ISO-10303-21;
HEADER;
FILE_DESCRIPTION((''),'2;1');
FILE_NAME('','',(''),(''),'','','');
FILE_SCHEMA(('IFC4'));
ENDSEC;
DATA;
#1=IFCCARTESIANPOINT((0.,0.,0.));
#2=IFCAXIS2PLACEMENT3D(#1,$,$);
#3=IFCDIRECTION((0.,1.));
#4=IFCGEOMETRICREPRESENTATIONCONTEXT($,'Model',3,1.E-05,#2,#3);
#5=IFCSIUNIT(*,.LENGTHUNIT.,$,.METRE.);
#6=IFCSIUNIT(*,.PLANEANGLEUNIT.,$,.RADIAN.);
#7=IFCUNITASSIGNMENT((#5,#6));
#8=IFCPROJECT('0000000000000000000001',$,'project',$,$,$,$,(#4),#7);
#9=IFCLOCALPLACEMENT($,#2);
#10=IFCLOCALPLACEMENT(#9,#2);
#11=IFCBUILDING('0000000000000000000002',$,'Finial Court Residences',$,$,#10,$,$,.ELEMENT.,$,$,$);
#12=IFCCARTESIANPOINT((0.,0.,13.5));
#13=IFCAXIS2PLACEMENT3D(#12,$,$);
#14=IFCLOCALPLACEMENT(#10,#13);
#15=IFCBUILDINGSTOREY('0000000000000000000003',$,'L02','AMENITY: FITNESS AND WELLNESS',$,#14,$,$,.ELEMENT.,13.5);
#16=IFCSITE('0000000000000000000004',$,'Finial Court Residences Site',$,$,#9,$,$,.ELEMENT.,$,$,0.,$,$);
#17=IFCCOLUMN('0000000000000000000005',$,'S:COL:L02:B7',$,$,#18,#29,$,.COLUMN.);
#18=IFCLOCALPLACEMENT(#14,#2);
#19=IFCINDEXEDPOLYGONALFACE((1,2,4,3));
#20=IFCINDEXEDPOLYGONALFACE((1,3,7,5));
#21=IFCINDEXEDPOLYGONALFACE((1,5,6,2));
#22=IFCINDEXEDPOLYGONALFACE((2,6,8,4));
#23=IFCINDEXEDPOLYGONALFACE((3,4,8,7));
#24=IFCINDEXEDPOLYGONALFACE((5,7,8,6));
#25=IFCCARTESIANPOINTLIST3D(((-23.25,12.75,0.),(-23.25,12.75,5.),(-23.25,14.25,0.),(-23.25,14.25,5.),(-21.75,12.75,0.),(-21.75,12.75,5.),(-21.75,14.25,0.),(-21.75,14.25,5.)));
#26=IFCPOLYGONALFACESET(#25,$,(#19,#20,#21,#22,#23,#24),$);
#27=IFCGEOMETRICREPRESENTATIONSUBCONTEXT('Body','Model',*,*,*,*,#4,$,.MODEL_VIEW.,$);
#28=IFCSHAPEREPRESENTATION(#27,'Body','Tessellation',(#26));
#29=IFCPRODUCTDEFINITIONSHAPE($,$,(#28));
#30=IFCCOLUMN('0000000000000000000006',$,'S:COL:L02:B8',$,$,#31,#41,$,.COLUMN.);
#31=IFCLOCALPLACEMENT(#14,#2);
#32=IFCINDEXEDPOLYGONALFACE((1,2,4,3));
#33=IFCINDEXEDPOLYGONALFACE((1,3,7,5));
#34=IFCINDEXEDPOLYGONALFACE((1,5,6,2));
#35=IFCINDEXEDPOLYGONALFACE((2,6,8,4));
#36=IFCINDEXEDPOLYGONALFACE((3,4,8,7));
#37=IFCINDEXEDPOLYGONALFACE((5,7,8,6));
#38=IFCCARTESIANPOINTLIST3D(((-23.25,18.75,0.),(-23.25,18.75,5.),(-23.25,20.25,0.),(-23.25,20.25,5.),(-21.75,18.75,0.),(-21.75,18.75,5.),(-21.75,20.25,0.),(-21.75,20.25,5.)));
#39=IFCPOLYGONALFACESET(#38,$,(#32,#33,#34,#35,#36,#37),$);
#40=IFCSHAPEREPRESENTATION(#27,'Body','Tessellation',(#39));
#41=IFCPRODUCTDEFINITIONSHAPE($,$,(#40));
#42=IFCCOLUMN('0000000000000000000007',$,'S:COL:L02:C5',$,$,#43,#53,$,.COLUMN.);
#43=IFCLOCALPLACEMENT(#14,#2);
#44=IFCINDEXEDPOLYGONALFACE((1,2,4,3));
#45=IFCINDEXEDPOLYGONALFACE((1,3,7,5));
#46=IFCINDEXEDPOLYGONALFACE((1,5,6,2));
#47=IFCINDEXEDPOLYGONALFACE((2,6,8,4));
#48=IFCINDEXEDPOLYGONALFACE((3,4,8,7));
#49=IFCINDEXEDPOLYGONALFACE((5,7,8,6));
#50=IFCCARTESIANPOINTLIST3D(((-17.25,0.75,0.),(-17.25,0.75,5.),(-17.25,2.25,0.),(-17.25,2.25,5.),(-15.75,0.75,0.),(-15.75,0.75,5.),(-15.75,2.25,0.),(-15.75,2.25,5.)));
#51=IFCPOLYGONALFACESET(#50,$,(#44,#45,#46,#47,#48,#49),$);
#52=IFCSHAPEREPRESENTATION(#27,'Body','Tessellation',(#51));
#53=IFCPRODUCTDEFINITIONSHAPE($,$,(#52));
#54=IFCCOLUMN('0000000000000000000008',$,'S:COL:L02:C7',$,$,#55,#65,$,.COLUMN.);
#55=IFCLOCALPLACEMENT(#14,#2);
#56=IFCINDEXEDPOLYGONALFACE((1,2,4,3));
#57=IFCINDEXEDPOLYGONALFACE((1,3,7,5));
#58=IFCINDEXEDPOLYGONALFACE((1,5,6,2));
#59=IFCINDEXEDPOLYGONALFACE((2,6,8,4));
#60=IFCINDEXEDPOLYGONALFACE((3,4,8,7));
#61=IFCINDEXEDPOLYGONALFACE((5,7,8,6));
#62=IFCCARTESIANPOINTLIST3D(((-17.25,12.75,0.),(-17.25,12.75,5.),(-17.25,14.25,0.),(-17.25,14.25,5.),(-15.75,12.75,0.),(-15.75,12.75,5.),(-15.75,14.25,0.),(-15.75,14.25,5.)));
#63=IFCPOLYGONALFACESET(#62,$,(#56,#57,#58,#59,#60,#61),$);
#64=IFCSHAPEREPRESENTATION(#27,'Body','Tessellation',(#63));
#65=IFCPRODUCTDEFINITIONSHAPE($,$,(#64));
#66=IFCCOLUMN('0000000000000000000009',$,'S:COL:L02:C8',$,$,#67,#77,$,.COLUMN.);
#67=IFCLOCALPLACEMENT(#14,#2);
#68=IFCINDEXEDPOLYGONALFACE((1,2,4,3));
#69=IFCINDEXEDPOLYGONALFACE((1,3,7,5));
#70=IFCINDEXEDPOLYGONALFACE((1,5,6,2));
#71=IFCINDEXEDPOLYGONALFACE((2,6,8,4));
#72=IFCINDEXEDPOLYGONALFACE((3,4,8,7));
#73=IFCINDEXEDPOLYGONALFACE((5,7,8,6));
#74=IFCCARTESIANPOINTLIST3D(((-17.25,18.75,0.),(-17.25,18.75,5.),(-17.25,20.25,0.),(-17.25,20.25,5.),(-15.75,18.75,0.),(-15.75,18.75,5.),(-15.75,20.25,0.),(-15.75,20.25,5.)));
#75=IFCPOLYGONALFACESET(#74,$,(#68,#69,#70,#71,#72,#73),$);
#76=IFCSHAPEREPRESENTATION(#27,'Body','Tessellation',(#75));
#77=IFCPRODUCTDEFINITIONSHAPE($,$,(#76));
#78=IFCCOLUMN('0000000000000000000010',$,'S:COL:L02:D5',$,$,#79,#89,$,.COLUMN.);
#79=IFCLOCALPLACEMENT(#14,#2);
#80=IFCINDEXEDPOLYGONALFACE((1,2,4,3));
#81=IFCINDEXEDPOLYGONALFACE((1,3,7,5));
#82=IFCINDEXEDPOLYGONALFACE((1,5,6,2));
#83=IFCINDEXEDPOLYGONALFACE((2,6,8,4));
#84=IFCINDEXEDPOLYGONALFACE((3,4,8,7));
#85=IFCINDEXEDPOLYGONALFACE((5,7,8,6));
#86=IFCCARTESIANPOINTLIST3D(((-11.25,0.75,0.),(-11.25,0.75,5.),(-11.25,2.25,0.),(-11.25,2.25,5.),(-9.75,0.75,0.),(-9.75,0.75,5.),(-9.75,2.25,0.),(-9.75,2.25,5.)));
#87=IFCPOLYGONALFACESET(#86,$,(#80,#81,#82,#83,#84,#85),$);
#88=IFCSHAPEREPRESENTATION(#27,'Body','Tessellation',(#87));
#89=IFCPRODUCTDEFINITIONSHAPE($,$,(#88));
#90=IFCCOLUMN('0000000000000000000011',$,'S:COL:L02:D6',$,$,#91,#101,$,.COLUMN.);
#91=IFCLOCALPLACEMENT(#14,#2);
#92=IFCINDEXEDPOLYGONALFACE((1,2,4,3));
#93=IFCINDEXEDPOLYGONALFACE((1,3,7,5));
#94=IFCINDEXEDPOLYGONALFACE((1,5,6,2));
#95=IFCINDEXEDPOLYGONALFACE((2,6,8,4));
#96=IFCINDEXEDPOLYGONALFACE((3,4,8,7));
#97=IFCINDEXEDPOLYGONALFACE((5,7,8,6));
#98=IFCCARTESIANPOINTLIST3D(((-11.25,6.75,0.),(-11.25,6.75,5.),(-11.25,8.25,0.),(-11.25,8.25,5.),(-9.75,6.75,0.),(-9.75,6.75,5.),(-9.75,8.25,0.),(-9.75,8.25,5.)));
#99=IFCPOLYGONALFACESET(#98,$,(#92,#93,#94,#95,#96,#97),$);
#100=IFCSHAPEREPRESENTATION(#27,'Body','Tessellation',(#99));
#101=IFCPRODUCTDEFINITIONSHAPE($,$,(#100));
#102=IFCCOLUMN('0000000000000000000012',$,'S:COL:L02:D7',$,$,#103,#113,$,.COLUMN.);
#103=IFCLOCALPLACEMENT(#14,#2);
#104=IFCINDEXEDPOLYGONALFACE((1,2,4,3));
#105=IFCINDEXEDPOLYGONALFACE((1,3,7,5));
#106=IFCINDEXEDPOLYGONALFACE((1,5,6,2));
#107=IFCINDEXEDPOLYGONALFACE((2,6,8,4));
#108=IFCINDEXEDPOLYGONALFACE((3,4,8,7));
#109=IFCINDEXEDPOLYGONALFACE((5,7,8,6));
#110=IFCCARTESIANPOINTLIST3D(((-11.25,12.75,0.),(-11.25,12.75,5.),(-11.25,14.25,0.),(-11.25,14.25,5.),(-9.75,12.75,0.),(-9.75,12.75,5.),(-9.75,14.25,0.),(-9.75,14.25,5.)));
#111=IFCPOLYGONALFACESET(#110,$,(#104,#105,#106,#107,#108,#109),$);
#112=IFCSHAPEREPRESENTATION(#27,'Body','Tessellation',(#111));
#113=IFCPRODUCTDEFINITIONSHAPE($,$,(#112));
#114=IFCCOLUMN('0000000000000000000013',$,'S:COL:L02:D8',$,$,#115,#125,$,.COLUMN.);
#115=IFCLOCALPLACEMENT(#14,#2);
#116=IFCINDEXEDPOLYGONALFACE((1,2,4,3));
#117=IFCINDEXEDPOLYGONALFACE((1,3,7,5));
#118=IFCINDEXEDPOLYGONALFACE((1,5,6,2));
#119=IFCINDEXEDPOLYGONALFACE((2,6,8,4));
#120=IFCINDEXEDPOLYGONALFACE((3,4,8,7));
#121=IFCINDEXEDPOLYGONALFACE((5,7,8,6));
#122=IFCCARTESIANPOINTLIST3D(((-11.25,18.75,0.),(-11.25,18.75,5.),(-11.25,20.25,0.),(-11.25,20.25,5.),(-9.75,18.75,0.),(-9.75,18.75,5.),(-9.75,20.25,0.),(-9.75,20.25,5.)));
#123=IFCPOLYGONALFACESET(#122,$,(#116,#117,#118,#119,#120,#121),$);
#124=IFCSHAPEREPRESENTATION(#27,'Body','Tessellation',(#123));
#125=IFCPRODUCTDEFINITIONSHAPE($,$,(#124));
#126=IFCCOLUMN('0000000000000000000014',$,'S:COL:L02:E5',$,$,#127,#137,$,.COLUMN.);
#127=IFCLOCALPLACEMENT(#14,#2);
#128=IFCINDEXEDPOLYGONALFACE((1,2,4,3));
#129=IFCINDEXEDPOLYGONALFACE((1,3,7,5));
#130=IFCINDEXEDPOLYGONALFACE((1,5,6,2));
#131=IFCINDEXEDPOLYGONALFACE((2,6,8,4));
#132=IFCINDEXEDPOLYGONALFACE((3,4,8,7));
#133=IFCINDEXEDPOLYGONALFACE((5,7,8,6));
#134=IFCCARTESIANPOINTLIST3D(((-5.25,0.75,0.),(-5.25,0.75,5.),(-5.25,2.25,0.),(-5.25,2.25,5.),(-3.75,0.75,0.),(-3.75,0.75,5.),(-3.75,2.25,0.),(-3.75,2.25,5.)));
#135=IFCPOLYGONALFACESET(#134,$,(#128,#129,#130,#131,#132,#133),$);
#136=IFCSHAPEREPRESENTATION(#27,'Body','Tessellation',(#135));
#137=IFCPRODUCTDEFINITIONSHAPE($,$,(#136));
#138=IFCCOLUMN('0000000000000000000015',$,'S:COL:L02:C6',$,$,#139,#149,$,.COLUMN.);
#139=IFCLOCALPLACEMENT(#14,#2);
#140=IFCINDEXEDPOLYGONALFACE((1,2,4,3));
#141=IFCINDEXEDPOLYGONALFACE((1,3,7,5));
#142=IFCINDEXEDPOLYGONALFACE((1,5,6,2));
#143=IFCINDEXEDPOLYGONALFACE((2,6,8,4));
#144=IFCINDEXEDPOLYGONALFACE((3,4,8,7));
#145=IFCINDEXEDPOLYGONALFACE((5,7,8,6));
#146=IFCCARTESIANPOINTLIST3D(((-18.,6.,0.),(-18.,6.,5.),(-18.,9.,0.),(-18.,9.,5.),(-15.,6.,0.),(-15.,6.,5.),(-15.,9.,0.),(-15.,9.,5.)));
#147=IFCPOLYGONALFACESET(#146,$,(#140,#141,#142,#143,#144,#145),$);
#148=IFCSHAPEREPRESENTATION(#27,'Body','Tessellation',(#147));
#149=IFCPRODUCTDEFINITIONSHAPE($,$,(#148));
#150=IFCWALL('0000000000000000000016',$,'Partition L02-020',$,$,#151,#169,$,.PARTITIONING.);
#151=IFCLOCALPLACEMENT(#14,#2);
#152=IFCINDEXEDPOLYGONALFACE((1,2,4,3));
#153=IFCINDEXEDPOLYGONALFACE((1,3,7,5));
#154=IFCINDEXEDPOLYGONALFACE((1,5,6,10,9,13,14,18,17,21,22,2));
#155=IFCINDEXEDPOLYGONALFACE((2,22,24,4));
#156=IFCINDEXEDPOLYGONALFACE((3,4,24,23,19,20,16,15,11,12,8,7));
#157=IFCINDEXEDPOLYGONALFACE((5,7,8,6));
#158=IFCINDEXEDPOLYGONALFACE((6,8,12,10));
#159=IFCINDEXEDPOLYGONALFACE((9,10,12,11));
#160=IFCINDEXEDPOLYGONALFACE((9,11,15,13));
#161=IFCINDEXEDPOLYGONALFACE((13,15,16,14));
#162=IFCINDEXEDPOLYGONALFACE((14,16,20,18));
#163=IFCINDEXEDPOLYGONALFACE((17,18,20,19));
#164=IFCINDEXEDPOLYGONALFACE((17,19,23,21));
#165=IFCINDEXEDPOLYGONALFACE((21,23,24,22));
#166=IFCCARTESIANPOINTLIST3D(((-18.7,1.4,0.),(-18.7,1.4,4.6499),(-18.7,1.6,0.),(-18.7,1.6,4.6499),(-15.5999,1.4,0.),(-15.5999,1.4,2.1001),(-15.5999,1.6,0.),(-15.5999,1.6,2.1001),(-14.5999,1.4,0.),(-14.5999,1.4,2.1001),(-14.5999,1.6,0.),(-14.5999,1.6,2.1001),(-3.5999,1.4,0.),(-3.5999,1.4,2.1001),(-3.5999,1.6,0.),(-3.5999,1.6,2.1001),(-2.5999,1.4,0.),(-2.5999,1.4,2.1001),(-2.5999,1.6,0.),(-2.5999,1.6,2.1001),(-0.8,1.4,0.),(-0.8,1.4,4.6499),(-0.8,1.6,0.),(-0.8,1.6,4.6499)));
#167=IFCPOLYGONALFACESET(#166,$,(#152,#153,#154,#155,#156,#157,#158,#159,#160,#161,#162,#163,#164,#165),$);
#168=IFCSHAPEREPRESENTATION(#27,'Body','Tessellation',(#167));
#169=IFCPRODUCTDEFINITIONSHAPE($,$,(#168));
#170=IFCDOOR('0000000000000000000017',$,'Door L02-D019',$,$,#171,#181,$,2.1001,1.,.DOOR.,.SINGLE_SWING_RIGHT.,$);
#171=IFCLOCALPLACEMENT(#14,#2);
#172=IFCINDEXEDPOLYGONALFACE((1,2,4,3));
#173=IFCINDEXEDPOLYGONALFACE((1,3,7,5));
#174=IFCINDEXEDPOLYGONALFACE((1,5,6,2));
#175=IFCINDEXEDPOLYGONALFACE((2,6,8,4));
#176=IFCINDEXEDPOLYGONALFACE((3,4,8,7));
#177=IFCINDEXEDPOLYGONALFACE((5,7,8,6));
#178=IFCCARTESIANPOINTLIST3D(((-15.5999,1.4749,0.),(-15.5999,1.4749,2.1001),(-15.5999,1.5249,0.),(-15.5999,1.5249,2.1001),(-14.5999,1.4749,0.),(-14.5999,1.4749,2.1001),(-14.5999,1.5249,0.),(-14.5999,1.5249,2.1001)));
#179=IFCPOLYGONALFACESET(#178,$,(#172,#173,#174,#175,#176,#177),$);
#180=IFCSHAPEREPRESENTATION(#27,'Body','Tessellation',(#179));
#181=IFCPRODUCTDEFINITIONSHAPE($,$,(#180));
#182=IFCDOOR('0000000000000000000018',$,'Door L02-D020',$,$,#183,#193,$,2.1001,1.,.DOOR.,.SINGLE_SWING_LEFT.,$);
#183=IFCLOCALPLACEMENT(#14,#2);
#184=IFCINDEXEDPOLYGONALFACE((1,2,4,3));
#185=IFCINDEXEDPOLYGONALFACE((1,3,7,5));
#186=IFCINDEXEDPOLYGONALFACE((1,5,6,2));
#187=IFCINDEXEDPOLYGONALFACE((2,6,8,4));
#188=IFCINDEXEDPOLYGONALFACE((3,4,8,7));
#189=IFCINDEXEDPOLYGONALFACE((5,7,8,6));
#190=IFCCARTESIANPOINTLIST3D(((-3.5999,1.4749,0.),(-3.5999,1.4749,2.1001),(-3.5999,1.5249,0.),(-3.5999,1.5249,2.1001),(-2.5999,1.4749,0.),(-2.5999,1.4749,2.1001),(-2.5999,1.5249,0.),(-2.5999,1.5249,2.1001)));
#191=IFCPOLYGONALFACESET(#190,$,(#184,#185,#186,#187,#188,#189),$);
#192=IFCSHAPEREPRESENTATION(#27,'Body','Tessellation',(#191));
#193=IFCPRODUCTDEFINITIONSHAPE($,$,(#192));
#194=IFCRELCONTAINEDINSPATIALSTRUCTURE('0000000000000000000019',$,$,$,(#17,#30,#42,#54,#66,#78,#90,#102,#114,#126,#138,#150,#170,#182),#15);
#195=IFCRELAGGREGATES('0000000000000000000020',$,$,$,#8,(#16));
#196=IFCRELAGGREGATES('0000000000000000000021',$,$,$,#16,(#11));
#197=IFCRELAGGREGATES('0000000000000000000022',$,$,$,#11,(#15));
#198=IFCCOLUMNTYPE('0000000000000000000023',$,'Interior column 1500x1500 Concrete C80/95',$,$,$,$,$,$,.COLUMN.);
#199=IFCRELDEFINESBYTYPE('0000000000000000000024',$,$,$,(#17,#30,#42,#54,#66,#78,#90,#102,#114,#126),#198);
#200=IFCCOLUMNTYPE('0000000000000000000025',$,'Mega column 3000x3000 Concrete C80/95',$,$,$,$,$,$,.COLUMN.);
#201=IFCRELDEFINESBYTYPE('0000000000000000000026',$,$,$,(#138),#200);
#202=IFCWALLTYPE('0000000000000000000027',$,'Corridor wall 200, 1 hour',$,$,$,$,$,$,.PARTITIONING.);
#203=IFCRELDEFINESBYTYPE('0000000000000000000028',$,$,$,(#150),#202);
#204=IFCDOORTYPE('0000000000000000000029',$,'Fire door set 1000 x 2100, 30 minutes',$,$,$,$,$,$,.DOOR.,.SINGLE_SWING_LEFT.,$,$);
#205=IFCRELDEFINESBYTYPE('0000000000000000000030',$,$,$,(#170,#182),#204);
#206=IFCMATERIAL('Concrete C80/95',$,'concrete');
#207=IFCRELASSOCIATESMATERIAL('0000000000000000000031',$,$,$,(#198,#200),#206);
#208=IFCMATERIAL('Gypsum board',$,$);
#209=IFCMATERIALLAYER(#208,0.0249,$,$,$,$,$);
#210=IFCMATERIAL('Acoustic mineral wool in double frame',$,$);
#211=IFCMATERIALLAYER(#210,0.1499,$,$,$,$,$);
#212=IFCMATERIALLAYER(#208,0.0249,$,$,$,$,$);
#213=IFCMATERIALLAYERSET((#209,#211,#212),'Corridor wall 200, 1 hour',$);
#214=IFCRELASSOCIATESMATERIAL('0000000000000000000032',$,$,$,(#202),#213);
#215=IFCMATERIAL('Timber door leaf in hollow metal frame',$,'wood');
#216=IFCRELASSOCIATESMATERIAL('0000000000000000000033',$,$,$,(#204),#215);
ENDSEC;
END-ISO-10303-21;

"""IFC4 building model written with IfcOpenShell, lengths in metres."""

from ifc_helpers import new_model, si_unit, direction, frame, frame_2d, origin, origin_2d, place, context, subcontext, project, spatial, rectangle, extrude, material, layer, layer_set, material_profile, profile_set, type_object, element, fill, save


model = new_model("IFC4")

# Units and contexts
model_context = context("Model", 3, precision=1e-05, world=origin(), true_north=direction((0.0, 1.0)))
body_context = subcontext(model_context, "Body", "Model", "MODEL_VIEW")
ifc_project = project(units=[si_unit("LENGTHUNIT", "METRE"), si_unit("PLANEANGLEUNIT", "RADIAN")], contexts=[model_context])

# Site, building, storey
site_placement = place(None, origin())
site = spatial("IfcSite", under=ifc_project, at=site_placement, Name="Finial Court Residences Site", CompositionType="ELEMENT", RefElevation=0.0)
building_placement = place(site_placement, origin())
building = spatial("IfcBuilding", under=site, at=building_placement, Name="Finial Court Residences", CompositionType="ELEMENT")
storey_placement = place(building_placement, frame((0.0, 0.0, 13.5)))
storey = spatial("IfcBuildingStorey", under=building, at=storey_placement, Name="L02", Description="AMENITY: FITNESS AND WELLNESS", CompositionType="ELEMENT", Elevation=13.5)

# Columns
ifc_material_1 = material(Name="Concrete C80/95", Category="concrete")
ifc_material_profile_1 = material_profile(ifc_material_1, rectangle(XDim=1.5, YDim=1.5, at=origin_2d()), Name="1500x1500")
ifc_profile_set_1 = profile_set([ifc_material_profile_1], Name="Concrete C80/95")
column_type_1 = type_object("IfcColumnType", Name="Interior column 1500x1500 Concrete C80/95", PredefinedType="COLUMN", material=ifc_profile_set_1)
for number, where, z_axis, x_axis, name in (
    (1, (-22.5, 13.5, 0.0), (0.0, 0.0, 1.0), (1.0, 0.0, 0.0), "S:COL:L02:B7"),
    (2, (-22.5, 19.5, 0.0), (0.0, 0.0, 1.0), (1.0, 0.0, 0.0), "S:COL:L02:B8"),
    (3, (-16.5, 1.5, 0.0), (0.0, 0.0, 1.0), (1.0, 0.0, 0.0), "S:COL:L02:C5"),
    (4, (-16.5, 13.5, 0.0), (0.0, 0.0, 1.0), (1.0, 0.0, 0.0), "S:COL:L02:C7"),
    (5, (-16.5, 19.5, 0.0), (0.0, 0.0, 1.0), (1.0, 0.0, 0.0), "S:COL:L02:C8"),
    (6, (-10.5, 1.5, 0.0), (0.0, 0.0, 1.0), (1.0, 0.0, 0.0), "S:COL:L02:D5"),
    (7, (-10.5, 7.5, 0.0), (0.0, 0.0, 1.0), (1.0, 0.0, 0.0), "S:COL:L02:D6"),
    (8, (-10.5, 13.5, 0.0), (0.0, 0.0, 1.0), (1.0, 0.0, 0.0), "S:COL:L02:D7"),
    (9, (-10.5, 19.5, 0.0), (0.0, 0.0, 1.0), (1.0, 0.0, 0.0), "S:COL:L02:D8"),
    (10, (-4.5, 1.5, 0.0), (0.0, 0.0, 1.0), (1.0, 0.0, 0.0), "S:COL:L02:E5"),
):
    element("IfcColumn", number, at=place(storey_placement, frame(where, z_axis=z_axis, x_axis=x_axis)), inside=storey, type_object=column_type_1, Name=name, PredefinedType="COLUMN", context=body_context, shape_type="SweptSolid", body=[
        extrude(rectangle(XDim=1.5, YDim=1.5, at=origin_2d()), origin(), (0.0, 0.0, 1.0), 5.0),
    ])
ifc_material_profile_2 = material_profile(ifc_material_1, rectangle(XDim=3.0, YDim=3.0, at=origin_2d()), Name="3000x3000")
ifc_profile_set_2 = profile_set([ifc_material_profile_2], Name="Concrete C80/95")
column_type_2 = type_object("IfcColumnType", Name="Mega column 3000x3000 Concrete C80/95", PredefinedType="COLUMN", material=ifc_profile_set_2)
column_placement = place(storey_placement, frame((-16.5, 7.5, 0.0), z_axis=(0.0, 0.0, 1.0), x_axis=(1.0, 0.0, 0.0)))
element("IfcColumn", 11, at=column_placement, inside=storey, type_object=column_type_2, Name="S:COL:L02:C6", PredefinedType="COLUMN", context=body_context, shape_type="SweptSolid", body=[
    extrude(rectangle(XDim=3.0, YDim=3.0, at=origin_2d()), origin(), (0.0, 0.0, 1.0), 5.0),
])

# Wall, openings, doors
ifc_material_2 = material(Name="Gypsum board")
ifc_layer_1 = layer(ifc_material_2, 0.0249)
ifc_material_3 = material(Name="Acoustic mineral wool in double frame")
ifc_layer_2 = layer(ifc_material_3, 0.1499)
ifc_layer_3 = layer(ifc_material_2, 0.0249)
ifc_layer_set_1 = layer_set([ifc_layer_1, ifc_layer_2, ifc_layer_3], Name="Corridor wall 200, 1 hour")
wall_type_1 = type_object("IfcWallType", Name="Corridor wall 200, 1 hour", PredefinedType="PARTITIONING", material=ifc_layer_set_1)
wall_1_placement = place(storey_placement, frame((-18.7, 1.5, 0.0), z_axis=(0.0, 0.0, 1.0), x_axis=(1.0, 0.0, 0.0)))
wall_1 = element("IfcWall", 12, at=wall_1_placement, inside=storey, type_object=wall_type_1, Name="Partition L02-020", PredefinedType="PARTITIONING", context=body_context, shape_type="SweptSolid", body=[
    extrude(rectangle(XDim=17.8999, YDim=0.2, at=frame_2d((8.95, 0.0))), origin(), (0.0, 0.0, 1.0), 4.6499),
])
opening_1_placement = place(wall_1_placement, frame((3.1001, 0.0, 0.0)))
opening_1 = element("IfcOpeningElement", 13, at=opening_1_placement, cuts=wall_1, PredefinedType="OPENING", context=body_context, shape_type="SweptSolid", body=[
    extrude(rectangle(XDim=1.0, YDim=2.1001, at=frame_2d((0.5, 1.05))), frame((0.0, 0.1099, 0.0), z_axis=(0.0, -1.0, 0.0), x_axis=(1.0, 0.0, 0.0)), (0.0, 0.0, 1.0), 0.22),
])
opening_2_placement = place(wall_1_placement, frame((15.1001, 0.0, 0.0)))
opening_2 = element("IfcOpeningElement", 14, at=opening_2_placement, cuts=wall_1, PredefinedType="OPENING", context=body_context, shape_type="SweptSolid", body=[
    extrude(rectangle(XDim=1.0, YDim=2.1001, at=frame_2d((0.5, 1.05))), frame((0.0, 0.1099, 0.0), z_axis=(0.0, -1.0, 0.0), x_axis=(1.0, 0.0, 0.0)), (0.0, 0.0, 1.0), 0.22),
])
ifc_material_4 = material(Name="Timber door leaf in hollow metal frame", Category="wood")
door_type = type_object("IfcDoorType", Name="Fire door set 1000 x 2100, 30 minutes", OperationType="SINGLE_SWING_LEFT", PredefinedType="DOOR", material=ifc_material_4)
door_1_placement = place(opening_1_placement, origin())
door_1 = element("IfcDoor", 15, at=door_1_placement, inside=storey, type_object=door_type, Name="Door L02-D019", OperationType="SINGLE_SWING_RIGHT", OverallHeight=2.1001, OverallWidth=1.0, PredefinedType="DOOR", context=body_context, shape_type="SweptSolid", body=[
    extrude(rectangle(XDim=1.0, YDim=2.1001, at=frame_2d((0.5, 1.05))), frame((0.0, 0.0249, 0.0), z_axis=(0.0, -1.0, 0.0), x_axis=(1.0, 0.0, 0.0)), (0.0, 0.0, 1.0), 0.05),
])
fill(opening_1, door_1)
door_2_placement = place(opening_2_placement, origin())
door_2 = element("IfcDoor", 16, at=door_2_placement, inside=storey, type_object=door_type, Name="Door L02-D020", OperationType="SINGLE_SWING_LEFT", OverallHeight=2.1001, OverallWidth=1.0, PredefinedType="DOOR", context=body_context, shape_type="SweptSolid", body=[
    extrude(rectangle(XDim=1.0, YDim=2.1001, at=frame_2d((0.5, 1.05))), frame((0.0, 0.0249, 0.0), z_axis=(0.0, -1.0, 0.0), x_axis=(1.0, 0.0, 0.0)), (0.0, 0.0, 1.0), 0.05),
])
fill(opening_2, door_2)

save(model, "model.ifc")
